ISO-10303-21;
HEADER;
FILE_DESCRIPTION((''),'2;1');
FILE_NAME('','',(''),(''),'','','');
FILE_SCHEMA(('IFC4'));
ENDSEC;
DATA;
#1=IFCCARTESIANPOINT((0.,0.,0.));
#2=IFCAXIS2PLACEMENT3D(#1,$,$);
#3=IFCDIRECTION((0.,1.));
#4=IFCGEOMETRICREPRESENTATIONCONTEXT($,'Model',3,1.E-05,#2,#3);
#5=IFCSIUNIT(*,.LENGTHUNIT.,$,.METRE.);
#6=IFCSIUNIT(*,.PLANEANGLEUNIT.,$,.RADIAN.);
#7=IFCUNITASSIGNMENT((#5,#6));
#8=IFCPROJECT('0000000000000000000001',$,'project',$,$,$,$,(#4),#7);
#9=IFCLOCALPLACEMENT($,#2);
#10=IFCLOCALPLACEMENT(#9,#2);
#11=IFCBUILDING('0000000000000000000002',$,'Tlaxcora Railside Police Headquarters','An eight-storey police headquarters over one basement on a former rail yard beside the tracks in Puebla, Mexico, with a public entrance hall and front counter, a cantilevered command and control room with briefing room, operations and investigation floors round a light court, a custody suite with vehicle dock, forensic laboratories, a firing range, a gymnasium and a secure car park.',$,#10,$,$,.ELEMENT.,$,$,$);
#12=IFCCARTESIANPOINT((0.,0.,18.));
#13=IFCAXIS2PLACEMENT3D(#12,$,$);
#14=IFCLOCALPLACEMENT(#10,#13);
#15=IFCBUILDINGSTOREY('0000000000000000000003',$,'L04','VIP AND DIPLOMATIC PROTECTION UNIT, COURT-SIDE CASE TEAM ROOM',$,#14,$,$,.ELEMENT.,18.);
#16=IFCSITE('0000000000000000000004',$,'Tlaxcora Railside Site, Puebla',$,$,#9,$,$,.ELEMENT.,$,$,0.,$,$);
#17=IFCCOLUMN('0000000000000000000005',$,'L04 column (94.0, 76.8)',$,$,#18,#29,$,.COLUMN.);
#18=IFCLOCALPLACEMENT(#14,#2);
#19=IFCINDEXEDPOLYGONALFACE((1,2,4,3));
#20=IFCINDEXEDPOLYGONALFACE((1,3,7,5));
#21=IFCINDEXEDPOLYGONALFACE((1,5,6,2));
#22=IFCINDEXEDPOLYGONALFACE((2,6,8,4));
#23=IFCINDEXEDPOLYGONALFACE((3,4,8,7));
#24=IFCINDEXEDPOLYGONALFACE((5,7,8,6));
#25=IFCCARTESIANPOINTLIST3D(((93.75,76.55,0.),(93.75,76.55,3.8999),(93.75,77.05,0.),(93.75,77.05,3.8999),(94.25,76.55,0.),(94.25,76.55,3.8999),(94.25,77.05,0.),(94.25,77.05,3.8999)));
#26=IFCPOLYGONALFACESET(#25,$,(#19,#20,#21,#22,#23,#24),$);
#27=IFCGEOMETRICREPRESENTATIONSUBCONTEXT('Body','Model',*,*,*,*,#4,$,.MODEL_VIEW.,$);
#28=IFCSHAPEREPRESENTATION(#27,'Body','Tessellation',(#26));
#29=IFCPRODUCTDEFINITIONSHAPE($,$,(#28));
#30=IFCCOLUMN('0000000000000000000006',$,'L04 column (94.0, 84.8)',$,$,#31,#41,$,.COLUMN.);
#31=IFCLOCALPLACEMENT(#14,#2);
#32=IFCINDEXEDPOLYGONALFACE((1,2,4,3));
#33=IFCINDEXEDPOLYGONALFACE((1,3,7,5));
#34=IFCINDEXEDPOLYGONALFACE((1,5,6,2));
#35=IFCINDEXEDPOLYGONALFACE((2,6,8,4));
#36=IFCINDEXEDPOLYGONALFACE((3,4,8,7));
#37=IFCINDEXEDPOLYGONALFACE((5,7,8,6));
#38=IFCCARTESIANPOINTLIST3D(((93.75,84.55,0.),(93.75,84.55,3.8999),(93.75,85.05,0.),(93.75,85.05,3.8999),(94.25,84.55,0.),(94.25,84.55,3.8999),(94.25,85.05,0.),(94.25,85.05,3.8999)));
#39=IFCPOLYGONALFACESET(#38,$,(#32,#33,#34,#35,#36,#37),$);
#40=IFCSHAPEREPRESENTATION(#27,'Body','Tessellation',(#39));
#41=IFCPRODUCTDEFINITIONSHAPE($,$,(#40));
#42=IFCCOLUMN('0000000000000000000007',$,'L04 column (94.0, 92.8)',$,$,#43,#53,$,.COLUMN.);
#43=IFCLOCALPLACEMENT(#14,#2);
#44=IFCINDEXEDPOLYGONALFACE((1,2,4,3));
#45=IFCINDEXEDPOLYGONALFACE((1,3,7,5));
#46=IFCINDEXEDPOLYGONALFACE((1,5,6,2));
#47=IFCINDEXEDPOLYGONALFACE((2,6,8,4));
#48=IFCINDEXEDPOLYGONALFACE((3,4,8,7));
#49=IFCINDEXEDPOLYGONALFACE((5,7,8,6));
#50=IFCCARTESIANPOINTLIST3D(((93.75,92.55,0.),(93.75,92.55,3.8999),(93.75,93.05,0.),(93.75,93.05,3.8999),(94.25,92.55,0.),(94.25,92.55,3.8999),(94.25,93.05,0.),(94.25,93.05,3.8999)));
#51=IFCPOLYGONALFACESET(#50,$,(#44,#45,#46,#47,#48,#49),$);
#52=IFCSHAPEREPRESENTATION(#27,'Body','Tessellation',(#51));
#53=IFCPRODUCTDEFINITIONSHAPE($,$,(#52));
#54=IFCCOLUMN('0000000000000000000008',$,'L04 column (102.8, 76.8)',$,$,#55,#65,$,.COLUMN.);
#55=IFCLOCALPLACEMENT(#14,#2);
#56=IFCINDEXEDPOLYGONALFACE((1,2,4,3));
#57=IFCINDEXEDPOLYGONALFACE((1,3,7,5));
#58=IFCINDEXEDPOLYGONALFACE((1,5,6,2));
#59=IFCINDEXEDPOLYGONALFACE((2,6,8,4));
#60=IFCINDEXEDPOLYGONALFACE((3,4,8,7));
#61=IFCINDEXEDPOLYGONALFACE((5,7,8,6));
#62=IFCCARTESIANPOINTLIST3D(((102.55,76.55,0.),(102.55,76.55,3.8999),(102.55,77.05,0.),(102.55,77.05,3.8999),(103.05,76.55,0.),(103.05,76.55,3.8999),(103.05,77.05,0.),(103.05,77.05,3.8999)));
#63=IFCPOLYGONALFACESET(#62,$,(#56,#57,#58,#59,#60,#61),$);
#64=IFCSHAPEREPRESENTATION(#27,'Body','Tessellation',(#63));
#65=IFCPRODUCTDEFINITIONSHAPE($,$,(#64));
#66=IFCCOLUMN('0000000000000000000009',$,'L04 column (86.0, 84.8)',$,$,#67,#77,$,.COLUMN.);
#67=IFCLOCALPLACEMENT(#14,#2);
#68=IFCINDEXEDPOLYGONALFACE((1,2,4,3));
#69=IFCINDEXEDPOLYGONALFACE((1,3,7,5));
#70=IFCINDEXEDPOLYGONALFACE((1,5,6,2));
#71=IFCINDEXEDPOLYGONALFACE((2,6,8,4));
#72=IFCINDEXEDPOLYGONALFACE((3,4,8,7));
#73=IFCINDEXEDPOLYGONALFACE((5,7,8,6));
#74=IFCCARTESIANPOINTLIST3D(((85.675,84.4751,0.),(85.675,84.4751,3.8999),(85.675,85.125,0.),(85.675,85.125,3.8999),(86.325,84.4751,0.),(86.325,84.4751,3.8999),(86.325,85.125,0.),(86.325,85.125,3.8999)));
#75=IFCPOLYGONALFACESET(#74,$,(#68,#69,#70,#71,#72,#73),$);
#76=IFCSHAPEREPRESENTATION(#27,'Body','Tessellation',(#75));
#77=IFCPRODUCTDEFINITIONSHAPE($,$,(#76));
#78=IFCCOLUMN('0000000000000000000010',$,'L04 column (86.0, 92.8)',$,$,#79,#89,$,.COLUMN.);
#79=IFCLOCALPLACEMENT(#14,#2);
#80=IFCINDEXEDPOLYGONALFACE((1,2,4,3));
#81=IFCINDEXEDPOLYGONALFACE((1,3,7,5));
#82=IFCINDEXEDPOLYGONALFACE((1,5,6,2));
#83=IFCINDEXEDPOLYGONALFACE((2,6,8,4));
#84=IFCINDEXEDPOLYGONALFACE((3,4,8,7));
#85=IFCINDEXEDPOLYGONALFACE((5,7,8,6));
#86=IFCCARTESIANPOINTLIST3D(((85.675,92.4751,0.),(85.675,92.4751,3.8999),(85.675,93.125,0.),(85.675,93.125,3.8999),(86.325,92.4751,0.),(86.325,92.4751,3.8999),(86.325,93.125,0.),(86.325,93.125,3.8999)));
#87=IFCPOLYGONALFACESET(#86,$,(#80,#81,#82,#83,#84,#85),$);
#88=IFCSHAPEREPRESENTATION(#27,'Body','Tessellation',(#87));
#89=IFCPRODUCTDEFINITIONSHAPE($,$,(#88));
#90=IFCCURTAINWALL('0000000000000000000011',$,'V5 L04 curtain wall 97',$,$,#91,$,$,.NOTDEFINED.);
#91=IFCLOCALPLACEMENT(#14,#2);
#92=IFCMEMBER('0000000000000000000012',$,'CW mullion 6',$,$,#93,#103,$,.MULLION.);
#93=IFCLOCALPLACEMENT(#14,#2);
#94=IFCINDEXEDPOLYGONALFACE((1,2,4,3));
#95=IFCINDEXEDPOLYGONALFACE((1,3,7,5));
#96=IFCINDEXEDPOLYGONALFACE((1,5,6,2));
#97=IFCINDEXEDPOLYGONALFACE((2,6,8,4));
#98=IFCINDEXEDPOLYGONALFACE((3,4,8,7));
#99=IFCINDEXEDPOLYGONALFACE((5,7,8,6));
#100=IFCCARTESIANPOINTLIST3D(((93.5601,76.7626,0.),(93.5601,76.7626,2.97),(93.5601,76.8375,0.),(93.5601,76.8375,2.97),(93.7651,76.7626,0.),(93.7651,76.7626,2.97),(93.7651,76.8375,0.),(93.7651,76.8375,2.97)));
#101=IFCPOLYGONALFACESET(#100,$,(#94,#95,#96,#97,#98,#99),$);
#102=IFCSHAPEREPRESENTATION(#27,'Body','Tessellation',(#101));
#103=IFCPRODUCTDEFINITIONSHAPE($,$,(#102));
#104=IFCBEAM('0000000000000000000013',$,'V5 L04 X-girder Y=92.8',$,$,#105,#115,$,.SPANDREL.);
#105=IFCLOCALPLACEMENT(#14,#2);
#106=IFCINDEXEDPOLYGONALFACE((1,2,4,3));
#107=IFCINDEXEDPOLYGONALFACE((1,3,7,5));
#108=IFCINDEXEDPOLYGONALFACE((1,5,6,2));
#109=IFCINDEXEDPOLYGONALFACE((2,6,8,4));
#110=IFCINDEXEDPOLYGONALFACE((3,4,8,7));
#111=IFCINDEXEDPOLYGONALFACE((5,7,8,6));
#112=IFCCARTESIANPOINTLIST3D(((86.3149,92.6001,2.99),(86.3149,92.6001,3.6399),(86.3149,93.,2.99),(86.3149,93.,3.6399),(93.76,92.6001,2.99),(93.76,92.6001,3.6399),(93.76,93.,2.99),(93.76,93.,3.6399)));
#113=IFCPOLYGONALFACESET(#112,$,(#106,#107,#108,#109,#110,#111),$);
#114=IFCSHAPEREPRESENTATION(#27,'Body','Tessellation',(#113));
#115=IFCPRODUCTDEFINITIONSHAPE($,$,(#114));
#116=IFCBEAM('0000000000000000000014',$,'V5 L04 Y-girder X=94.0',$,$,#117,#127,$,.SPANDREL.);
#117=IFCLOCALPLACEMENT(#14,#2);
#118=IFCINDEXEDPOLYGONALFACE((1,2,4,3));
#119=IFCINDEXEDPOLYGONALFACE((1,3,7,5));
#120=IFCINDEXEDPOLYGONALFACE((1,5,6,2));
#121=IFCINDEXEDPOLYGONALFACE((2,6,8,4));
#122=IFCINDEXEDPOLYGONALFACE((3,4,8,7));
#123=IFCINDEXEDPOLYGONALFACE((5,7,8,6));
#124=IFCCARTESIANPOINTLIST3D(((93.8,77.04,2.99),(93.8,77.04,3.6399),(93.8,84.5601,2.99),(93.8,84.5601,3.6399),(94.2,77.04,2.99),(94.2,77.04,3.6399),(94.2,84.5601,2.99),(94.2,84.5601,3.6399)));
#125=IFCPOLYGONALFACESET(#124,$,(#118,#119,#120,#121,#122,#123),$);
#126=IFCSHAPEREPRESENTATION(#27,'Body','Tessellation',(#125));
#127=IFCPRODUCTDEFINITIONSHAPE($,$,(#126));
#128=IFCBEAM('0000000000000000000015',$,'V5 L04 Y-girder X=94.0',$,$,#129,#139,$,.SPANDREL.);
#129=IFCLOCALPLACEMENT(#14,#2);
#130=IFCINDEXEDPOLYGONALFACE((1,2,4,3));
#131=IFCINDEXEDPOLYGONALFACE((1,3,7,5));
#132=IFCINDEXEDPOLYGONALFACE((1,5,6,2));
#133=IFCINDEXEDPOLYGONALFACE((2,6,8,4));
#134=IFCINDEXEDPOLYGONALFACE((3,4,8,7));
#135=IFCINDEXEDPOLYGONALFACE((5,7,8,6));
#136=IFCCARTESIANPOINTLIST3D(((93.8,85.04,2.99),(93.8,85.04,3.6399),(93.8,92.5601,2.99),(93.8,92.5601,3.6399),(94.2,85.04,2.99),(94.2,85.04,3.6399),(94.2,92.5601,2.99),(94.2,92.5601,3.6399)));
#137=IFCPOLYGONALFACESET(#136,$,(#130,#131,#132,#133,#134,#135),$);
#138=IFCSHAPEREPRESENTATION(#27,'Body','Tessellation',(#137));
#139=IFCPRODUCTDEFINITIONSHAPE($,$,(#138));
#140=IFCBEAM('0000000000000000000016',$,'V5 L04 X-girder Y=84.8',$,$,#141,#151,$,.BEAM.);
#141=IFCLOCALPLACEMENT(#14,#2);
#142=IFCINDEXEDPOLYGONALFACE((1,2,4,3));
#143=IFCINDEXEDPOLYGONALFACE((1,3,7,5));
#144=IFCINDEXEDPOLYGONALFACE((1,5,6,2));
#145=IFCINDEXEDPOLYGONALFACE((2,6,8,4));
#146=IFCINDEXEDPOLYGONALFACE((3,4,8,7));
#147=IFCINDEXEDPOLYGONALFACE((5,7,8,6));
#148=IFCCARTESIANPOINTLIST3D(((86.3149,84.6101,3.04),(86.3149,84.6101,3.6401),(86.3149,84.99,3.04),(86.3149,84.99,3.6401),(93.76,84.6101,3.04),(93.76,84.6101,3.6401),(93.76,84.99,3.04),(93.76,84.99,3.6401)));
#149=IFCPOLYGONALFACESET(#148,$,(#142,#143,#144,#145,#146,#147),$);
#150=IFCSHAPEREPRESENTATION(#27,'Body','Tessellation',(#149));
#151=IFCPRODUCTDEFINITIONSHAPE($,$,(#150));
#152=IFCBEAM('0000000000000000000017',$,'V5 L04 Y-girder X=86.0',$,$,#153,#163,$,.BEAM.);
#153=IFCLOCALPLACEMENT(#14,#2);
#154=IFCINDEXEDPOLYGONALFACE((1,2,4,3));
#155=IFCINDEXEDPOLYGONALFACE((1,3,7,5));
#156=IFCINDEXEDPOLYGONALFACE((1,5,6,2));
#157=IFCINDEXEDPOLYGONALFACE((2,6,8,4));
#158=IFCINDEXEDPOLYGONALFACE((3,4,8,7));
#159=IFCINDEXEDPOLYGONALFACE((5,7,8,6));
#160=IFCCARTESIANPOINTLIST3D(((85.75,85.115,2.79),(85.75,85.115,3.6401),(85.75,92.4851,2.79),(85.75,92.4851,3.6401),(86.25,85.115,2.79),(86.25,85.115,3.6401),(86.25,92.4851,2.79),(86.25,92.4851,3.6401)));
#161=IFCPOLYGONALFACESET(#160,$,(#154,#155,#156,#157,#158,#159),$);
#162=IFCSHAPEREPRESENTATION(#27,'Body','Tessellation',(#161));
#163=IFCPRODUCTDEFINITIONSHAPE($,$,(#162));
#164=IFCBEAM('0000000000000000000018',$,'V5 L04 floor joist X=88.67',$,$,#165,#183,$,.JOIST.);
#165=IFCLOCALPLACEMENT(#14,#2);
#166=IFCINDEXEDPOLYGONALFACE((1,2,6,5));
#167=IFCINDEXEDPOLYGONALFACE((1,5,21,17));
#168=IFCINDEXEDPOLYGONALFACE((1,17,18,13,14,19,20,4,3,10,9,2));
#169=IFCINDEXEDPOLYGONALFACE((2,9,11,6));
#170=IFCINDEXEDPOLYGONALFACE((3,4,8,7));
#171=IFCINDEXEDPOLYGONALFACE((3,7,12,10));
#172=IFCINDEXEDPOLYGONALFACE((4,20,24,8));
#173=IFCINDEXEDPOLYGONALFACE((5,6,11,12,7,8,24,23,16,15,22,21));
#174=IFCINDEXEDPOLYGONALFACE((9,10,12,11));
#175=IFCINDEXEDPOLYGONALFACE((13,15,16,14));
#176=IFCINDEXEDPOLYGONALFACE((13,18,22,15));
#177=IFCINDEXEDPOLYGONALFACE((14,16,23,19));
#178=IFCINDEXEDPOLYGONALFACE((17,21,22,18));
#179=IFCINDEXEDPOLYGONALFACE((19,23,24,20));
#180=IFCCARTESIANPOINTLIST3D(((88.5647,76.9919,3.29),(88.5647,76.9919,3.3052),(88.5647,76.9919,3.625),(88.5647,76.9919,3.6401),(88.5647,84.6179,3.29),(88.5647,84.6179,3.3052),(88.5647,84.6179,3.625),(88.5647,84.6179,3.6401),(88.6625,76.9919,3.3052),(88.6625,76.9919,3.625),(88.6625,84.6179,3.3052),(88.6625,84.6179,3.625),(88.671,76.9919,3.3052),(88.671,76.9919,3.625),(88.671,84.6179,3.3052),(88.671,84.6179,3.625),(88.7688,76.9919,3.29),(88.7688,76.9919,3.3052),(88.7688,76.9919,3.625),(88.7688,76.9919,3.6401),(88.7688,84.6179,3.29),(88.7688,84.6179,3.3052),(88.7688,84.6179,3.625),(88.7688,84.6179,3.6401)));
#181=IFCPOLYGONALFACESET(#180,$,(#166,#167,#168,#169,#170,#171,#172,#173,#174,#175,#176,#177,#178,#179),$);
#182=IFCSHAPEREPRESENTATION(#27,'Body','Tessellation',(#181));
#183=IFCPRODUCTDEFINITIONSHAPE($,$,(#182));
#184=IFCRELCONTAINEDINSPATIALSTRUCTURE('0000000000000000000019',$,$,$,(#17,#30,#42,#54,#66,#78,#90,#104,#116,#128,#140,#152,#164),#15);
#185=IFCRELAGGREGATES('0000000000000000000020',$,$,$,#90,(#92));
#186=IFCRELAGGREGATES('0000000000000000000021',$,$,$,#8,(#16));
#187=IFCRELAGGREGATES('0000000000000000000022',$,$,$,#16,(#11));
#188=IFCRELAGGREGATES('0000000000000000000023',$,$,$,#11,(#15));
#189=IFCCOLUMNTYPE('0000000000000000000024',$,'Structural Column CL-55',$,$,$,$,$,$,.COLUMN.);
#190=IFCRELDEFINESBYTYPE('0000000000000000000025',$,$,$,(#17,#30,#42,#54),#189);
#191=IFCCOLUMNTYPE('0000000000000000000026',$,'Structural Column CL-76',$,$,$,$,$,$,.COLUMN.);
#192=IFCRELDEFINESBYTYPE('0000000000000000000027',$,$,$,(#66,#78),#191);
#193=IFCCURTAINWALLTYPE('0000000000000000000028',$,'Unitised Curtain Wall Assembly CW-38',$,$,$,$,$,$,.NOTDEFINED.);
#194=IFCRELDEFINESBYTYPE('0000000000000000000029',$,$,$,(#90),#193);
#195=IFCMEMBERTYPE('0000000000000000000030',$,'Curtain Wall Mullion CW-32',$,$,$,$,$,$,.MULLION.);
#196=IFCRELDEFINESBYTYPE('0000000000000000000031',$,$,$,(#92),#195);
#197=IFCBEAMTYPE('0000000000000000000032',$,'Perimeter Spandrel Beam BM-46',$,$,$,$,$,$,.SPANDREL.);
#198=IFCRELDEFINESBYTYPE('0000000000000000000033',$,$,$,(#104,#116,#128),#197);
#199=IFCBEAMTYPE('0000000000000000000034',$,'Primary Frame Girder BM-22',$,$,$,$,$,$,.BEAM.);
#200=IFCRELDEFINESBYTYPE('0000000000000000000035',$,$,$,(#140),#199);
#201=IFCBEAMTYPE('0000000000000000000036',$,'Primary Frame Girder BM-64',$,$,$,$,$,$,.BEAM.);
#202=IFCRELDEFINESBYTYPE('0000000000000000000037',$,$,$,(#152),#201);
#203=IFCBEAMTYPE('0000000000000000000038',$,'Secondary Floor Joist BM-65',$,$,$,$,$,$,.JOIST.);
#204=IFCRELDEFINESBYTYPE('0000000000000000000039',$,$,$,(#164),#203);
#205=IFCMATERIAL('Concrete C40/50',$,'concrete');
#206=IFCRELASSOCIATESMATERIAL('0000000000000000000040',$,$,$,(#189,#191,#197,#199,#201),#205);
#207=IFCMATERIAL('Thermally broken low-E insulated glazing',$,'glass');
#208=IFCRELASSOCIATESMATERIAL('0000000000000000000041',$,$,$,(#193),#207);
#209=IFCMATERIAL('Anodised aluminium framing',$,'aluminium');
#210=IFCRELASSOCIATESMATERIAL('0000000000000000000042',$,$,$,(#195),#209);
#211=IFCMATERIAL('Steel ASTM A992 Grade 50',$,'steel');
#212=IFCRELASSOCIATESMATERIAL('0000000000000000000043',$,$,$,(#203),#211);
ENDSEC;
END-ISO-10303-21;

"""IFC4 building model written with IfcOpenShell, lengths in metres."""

from ifc_helpers import new_model, si_unit, direction, frame, origin, origin_2d, place, context, subcontext, project, spatial, rectangle, i_section, extrude, material, material_profile, profile_set, type_object, element, aggregate, save


model = new_model("IFC4")

# Units and contexts
model_context = context("Model", 3, precision=1e-05, world=origin(), true_north=direction((0.0, 1.0)))
body_context = subcontext(model_context, "Body", "Model", "MODEL_VIEW")
ifc_project = project(units=[si_unit("LENGTHUNIT", "METRE"), si_unit("PLANEANGLEUNIT", "RADIAN")], contexts=[model_context])

# Site, building, storey
site_placement = place(None, origin())
site = spatial("IfcSite", under=ifc_project, at=site_placement, Name="Tlaxcora Railside Site, Puebla", CompositionType="ELEMENT", RefElevation=0.0)
building_placement = place(site_placement, origin())
building = spatial("IfcBuilding", under=site, at=building_placement, Name="Tlaxcora Railside Police Headquarters", Description="An eight-storey police headquarters over one basement on a former rail yard beside the tracks in Puebla, Mexico, with a public entrance hall and front counter, a cantilevered command and control room with briefing room, operations and investigation floors round a light court, a custody suite with vehicle dock, forensic laboratories, a firing range, a gymnasium and a secure car park.", CompositionType="ELEMENT")
storey_placement = place(building_placement, frame((0.0, 0.0, 18.0)))
storey = spatial("IfcBuildingStorey", under=building, at=storey_placement, Name="L04", Description="VIP AND DIPLOMATIC PROTECTION UNIT, COURT-SIDE CASE TEAM ROOM", CompositionType="ELEMENT", Elevation=18.0)

# Columns
ifc_material_1 = material(Name="Concrete C40/50", Category="concrete")
ifc_material_profile_1 = material_profile(ifc_material_1, rectangle(XDim=0.5, YDim=0.5, at=origin_2d()), Name="RC500X500")
ifc_profile_set_1 = profile_set([ifc_material_profile_1], Name="Concrete C40/50")
column_type_1 = type_object("IfcColumnType", Name="Structural Column CL-55", PredefinedType="COLUMN", material=ifc_profile_set_1)
for number, where, z_axis, x_axis, name in (
    (1, (94.0, 76.8, 0.0), (0.0, 0.0, 1.0), (1.0, 0.0, 0.0), "L04 column (94.0, 76.8)"),
    (2, (94.0, 84.8, 0.0), (0.0, 0.0, 1.0), (1.0, 0.0, 0.0), "L04 column (94.0, 84.8)"),
    (3, (94.0, 92.8, 0.0), (0.0, 0.0, 1.0), (1.0, 0.0, 0.0), "L04 column (94.0, 92.8)"),
    (4, (102.8, 76.8, 0.0), (0.0, 0.0, 1.0), (1.0, 0.0, 0.0), "L04 column (102.8, 76.8)"),
):
    element("IfcColumn", number, at=place(storey_placement, frame(where, z_axis=z_axis, x_axis=x_axis)), inside=storey, type_object=column_type_1, Name=name, PredefinedType="COLUMN", context=body_context, shape_type="SweptSolid", body=[
        extrude(rectangle(XDim=0.5, YDim=0.5, at=origin_2d()), origin(), (0.0, 0.0, 1.0), 3.8999),
    ])
ifc_material_profile_2 = material_profile(ifc_material_1, rectangle(XDim=0.6499, YDim=0.6499, at=origin_2d()), Name="RC650X650")
ifc_profile_set_2 = profile_set([ifc_material_profile_2], Name="Concrete C40/50")
column_type_2 = type_object("IfcColumnType", Name="Structural Column CL-76", PredefinedType="COLUMN", material=ifc_profile_set_2)
for number, where, z_axis, x_axis, name in (
    (5, (86.0, 84.8, 0.0), (0.0, 0.0, 1.0), (1.0, 0.0, 0.0), "L04 column (86.0, 84.8)"),
    (6, (86.0, 92.8, 0.0), (0.0, 0.0, 1.0), (1.0, 0.0, 0.0), "L04 column (86.0, 92.8)"),
):
    element("IfcColumn", number, at=place(storey_placement, frame(where, z_axis=z_axis, x_axis=x_axis)), inside=storey, type_object=column_type_2, Name=name, PredefinedType="COLUMN", context=body_context, shape_type="SweptSolid", body=[
        extrude(rectangle(XDim=0.6499, YDim=0.6499, at=origin_2d()), origin(), (0.0, 0.0, 1.0), 3.8999),
    ])

# Curtain wall, member
ifc_material_2 = material(Name="Thermally broken low-E insulated glazing", Category="glass")
curtain_wall_type = type_object("IfcCurtainWallType", Name="Unitised Curtain Wall Assembly CW-38", PredefinedType="NOTDEFINED", material=ifc_material_2)
curtain_wall_placement = place(storey_placement, origin())
curtain_wall = element("IfcCurtainWall", 7, at=curtain_wall_placement, inside=storey, type_object=curtain_wall_type, Name="V5 L04 curtain wall 97", PredefinedType="NOTDEFINED")
ifc_material_3 = material(Name="Anodised aluminium framing", Category="aluminium")
ifc_material_profile_3 = material_profile(ifc_material_3, rectangle(XDim=0.075, YDim=0.2051, at=origin_2d()), Name="AL75X205")
ifc_profile_set_3 = profile_set([ifc_material_profile_3], Name="Anodised aluminium framing")
member_type = type_object("IfcMemberType", Name="Curtain Wall Mullion CW-32", PredefinedType="MULLION", material=ifc_profile_set_3)
member_placement = place(storey_placement, frame((93.6626, 76.8, 0.0), z_axis=(0.0, 0.0, 1.0), x_axis=(0.0, 1.0, 0.0)))
member = element("IfcMember", 8, at=member_placement, type_object=member_type, Name="CW mullion 6", PredefinedType="MULLION", context=body_context, shape_type="SweptSolid", body=[
    extrude(rectangle(XDim=0.075, YDim=0.2051, at=origin_2d()), origin(), (0.0, 0.0, 1.0), 2.97),
])

# Beams
ifc_material_profile_4 = material_profile(ifc_material_1, rectangle(XDim=0.3999, YDim=0.6499, at=origin_2d()), Name="RC400X650")
ifc_profile_set_4 = profile_set([ifc_material_profile_4], Name="Concrete C40/50")
beam_type_1 = type_object("IfcBeamType", Name="Perimeter Spandrel Beam BM-46", PredefinedType="SPANDREL", material=ifc_profile_set_4)
beam_1_placement = place(storey_placement, frame((86.3149, 92.8, 3.3149), z_axis=(1.0, 0.0, 0.0), x_axis=(0.0, 1.0, 0.0)))
element("IfcBeam", 9, at=beam_1_placement, inside=storey, type_object=beam_type_1, Name="V5 L04 X-girder Y=92.8", PredefinedType="SPANDREL", context=body_context, shape_type="SweptSolid", body=[
    extrude(rectangle(XDim=0.3999, YDim=0.6499, at=origin_2d()), origin(), (0.0, 0.0, 1.0), 7.4451),
])
for number, where, z_axis, x_axis, name in (
    (10, (94.0, 77.04, 3.3149), (0.0, 1.0, 0.0), (-1.0, 0.0, 0.0), "V5 L04 Y-girder X=94.0"),
    (11, (94.0, 85.04, 3.3149), (0.0, 1.0, 0.0), (-1.0, 0.0, 0.0), "V5 L04 Y-girder X=94.0"),
):
    element("IfcBeam", number, at=place(storey_placement, frame(where, z_axis=z_axis, x_axis=x_axis)), inside=storey, type_object=beam_type_1, Name=name, PredefinedType="SPANDREL", context=body_context, shape_type="SweptSolid", body=[
        extrude(rectangle(XDim=0.3999, YDim=0.6499, at=origin_2d()), origin(), (0.0, 0.0, 1.0), 7.52),
    ])
ifc_material_profile_5 = material_profile(ifc_material_1, rectangle(XDim=0.3799, YDim=0.6001, at=origin_2d()), Name="RC380X600")
ifc_profile_set_5 = profile_set([ifc_material_profile_5], Name="Concrete C40/50")
beam_type_2 = type_object("IfcBeamType", Name="Primary Frame Girder BM-22", PredefinedType="BEAM", material=ifc_profile_set_5)
beam_2_placement = place(storey_placement, frame((86.3149, 84.8, 3.3401), z_axis=(1.0, 0.0, 0.0), x_axis=(0.0, 1.0, 0.0)))
element("IfcBeam", 12, at=beam_2_placement, inside=storey, type_object=beam_type_2, Name="V5 L04 X-girder Y=84.8", PredefinedType="BEAM", context=body_context, shape_type="SweptSolid", body=[
    extrude(rectangle(XDim=0.3799, YDim=0.6001, at=origin_2d()), origin(), (0.0, 0.0, 1.0), 7.4451),
])
ifc_material_profile_6 = material_profile(ifc_material_1, rectangle(XDim=0.5, YDim=0.8501, at=origin_2d()), Name="RC500X850")
ifc_profile_set_6 = profile_set([ifc_material_profile_6], Name="Concrete C40/50")
beam_type_3 = type_object("IfcBeamType", Name="Primary Frame Girder BM-64", PredefinedType="BEAM", material=ifc_profile_set_6)
beam_3_placement = place(storey_placement, frame((86.0, 85.115, 3.2151), z_axis=(0.0, 1.0, 0.0), x_axis=(-1.0, 0.0, 0.0)))
element("IfcBeam", 13, at=beam_3_placement, inside=storey, type_object=beam_type_3, Name="V5 L04 Y-girder X=86.0", PredefinedType="BEAM", context=body_context, shape_type="SweptSolid", body=[
    extrude(rectangle(XDim=0.5, YDim=0.8501, at=origin_2d()), origin(), (0.0, 0.0, 1.0), 7.3701),
])
ifc_material_4 = material(Name="Steel ASTM A992 Grade 50", Category="steel")
ifc_material_profile_7 = material_profile(ifc_material_4, i_section(OverallWidth=0.2041, OverallDepth=0.3501, WebThickness=0.0085, FlangeThickness=0.0151, at=origin_2d()), Name="W14X48")
ifc_profile_set_7 = profile_set([ifc_material_profile_7], Name="Steel ASTM A992 Grade 50")
beam_type_4 = type_object("IfcBeamType", Name="Secondary Floor Joist BM-65", PredefinedType="JOIST", material=ifc_profile_set_7)
for number, where, z_axis, x_axis, name in (
    (14, (88.6667, 76.9919, 3.4651), (0.0, 1.0, 0.0), (-1.0, 0.0, 0.0), "V5 L04 floor joist X=88.67"),
):
    element("IfcBeam", number, at=place(storey_placement, frame(where, z_axis=z_axis, x_axis=x_axis)), inside=storey, type_object=beam_type_4, Name=name, PredefinedType="JOIST", context=body_context, shape_type="SweptSolid", body=[
        extrude(i_section(OverallWidth=0.2041, OverallDepth=0.3501, WebThickness=0.0085, FlangeThickness=0.0151, at=origin_2d()), origin(), (0.0, 0.0, 1.0), 7.626),
    ])

aggregate(curtain_wall, [member])

save(model, "model.ifc")
